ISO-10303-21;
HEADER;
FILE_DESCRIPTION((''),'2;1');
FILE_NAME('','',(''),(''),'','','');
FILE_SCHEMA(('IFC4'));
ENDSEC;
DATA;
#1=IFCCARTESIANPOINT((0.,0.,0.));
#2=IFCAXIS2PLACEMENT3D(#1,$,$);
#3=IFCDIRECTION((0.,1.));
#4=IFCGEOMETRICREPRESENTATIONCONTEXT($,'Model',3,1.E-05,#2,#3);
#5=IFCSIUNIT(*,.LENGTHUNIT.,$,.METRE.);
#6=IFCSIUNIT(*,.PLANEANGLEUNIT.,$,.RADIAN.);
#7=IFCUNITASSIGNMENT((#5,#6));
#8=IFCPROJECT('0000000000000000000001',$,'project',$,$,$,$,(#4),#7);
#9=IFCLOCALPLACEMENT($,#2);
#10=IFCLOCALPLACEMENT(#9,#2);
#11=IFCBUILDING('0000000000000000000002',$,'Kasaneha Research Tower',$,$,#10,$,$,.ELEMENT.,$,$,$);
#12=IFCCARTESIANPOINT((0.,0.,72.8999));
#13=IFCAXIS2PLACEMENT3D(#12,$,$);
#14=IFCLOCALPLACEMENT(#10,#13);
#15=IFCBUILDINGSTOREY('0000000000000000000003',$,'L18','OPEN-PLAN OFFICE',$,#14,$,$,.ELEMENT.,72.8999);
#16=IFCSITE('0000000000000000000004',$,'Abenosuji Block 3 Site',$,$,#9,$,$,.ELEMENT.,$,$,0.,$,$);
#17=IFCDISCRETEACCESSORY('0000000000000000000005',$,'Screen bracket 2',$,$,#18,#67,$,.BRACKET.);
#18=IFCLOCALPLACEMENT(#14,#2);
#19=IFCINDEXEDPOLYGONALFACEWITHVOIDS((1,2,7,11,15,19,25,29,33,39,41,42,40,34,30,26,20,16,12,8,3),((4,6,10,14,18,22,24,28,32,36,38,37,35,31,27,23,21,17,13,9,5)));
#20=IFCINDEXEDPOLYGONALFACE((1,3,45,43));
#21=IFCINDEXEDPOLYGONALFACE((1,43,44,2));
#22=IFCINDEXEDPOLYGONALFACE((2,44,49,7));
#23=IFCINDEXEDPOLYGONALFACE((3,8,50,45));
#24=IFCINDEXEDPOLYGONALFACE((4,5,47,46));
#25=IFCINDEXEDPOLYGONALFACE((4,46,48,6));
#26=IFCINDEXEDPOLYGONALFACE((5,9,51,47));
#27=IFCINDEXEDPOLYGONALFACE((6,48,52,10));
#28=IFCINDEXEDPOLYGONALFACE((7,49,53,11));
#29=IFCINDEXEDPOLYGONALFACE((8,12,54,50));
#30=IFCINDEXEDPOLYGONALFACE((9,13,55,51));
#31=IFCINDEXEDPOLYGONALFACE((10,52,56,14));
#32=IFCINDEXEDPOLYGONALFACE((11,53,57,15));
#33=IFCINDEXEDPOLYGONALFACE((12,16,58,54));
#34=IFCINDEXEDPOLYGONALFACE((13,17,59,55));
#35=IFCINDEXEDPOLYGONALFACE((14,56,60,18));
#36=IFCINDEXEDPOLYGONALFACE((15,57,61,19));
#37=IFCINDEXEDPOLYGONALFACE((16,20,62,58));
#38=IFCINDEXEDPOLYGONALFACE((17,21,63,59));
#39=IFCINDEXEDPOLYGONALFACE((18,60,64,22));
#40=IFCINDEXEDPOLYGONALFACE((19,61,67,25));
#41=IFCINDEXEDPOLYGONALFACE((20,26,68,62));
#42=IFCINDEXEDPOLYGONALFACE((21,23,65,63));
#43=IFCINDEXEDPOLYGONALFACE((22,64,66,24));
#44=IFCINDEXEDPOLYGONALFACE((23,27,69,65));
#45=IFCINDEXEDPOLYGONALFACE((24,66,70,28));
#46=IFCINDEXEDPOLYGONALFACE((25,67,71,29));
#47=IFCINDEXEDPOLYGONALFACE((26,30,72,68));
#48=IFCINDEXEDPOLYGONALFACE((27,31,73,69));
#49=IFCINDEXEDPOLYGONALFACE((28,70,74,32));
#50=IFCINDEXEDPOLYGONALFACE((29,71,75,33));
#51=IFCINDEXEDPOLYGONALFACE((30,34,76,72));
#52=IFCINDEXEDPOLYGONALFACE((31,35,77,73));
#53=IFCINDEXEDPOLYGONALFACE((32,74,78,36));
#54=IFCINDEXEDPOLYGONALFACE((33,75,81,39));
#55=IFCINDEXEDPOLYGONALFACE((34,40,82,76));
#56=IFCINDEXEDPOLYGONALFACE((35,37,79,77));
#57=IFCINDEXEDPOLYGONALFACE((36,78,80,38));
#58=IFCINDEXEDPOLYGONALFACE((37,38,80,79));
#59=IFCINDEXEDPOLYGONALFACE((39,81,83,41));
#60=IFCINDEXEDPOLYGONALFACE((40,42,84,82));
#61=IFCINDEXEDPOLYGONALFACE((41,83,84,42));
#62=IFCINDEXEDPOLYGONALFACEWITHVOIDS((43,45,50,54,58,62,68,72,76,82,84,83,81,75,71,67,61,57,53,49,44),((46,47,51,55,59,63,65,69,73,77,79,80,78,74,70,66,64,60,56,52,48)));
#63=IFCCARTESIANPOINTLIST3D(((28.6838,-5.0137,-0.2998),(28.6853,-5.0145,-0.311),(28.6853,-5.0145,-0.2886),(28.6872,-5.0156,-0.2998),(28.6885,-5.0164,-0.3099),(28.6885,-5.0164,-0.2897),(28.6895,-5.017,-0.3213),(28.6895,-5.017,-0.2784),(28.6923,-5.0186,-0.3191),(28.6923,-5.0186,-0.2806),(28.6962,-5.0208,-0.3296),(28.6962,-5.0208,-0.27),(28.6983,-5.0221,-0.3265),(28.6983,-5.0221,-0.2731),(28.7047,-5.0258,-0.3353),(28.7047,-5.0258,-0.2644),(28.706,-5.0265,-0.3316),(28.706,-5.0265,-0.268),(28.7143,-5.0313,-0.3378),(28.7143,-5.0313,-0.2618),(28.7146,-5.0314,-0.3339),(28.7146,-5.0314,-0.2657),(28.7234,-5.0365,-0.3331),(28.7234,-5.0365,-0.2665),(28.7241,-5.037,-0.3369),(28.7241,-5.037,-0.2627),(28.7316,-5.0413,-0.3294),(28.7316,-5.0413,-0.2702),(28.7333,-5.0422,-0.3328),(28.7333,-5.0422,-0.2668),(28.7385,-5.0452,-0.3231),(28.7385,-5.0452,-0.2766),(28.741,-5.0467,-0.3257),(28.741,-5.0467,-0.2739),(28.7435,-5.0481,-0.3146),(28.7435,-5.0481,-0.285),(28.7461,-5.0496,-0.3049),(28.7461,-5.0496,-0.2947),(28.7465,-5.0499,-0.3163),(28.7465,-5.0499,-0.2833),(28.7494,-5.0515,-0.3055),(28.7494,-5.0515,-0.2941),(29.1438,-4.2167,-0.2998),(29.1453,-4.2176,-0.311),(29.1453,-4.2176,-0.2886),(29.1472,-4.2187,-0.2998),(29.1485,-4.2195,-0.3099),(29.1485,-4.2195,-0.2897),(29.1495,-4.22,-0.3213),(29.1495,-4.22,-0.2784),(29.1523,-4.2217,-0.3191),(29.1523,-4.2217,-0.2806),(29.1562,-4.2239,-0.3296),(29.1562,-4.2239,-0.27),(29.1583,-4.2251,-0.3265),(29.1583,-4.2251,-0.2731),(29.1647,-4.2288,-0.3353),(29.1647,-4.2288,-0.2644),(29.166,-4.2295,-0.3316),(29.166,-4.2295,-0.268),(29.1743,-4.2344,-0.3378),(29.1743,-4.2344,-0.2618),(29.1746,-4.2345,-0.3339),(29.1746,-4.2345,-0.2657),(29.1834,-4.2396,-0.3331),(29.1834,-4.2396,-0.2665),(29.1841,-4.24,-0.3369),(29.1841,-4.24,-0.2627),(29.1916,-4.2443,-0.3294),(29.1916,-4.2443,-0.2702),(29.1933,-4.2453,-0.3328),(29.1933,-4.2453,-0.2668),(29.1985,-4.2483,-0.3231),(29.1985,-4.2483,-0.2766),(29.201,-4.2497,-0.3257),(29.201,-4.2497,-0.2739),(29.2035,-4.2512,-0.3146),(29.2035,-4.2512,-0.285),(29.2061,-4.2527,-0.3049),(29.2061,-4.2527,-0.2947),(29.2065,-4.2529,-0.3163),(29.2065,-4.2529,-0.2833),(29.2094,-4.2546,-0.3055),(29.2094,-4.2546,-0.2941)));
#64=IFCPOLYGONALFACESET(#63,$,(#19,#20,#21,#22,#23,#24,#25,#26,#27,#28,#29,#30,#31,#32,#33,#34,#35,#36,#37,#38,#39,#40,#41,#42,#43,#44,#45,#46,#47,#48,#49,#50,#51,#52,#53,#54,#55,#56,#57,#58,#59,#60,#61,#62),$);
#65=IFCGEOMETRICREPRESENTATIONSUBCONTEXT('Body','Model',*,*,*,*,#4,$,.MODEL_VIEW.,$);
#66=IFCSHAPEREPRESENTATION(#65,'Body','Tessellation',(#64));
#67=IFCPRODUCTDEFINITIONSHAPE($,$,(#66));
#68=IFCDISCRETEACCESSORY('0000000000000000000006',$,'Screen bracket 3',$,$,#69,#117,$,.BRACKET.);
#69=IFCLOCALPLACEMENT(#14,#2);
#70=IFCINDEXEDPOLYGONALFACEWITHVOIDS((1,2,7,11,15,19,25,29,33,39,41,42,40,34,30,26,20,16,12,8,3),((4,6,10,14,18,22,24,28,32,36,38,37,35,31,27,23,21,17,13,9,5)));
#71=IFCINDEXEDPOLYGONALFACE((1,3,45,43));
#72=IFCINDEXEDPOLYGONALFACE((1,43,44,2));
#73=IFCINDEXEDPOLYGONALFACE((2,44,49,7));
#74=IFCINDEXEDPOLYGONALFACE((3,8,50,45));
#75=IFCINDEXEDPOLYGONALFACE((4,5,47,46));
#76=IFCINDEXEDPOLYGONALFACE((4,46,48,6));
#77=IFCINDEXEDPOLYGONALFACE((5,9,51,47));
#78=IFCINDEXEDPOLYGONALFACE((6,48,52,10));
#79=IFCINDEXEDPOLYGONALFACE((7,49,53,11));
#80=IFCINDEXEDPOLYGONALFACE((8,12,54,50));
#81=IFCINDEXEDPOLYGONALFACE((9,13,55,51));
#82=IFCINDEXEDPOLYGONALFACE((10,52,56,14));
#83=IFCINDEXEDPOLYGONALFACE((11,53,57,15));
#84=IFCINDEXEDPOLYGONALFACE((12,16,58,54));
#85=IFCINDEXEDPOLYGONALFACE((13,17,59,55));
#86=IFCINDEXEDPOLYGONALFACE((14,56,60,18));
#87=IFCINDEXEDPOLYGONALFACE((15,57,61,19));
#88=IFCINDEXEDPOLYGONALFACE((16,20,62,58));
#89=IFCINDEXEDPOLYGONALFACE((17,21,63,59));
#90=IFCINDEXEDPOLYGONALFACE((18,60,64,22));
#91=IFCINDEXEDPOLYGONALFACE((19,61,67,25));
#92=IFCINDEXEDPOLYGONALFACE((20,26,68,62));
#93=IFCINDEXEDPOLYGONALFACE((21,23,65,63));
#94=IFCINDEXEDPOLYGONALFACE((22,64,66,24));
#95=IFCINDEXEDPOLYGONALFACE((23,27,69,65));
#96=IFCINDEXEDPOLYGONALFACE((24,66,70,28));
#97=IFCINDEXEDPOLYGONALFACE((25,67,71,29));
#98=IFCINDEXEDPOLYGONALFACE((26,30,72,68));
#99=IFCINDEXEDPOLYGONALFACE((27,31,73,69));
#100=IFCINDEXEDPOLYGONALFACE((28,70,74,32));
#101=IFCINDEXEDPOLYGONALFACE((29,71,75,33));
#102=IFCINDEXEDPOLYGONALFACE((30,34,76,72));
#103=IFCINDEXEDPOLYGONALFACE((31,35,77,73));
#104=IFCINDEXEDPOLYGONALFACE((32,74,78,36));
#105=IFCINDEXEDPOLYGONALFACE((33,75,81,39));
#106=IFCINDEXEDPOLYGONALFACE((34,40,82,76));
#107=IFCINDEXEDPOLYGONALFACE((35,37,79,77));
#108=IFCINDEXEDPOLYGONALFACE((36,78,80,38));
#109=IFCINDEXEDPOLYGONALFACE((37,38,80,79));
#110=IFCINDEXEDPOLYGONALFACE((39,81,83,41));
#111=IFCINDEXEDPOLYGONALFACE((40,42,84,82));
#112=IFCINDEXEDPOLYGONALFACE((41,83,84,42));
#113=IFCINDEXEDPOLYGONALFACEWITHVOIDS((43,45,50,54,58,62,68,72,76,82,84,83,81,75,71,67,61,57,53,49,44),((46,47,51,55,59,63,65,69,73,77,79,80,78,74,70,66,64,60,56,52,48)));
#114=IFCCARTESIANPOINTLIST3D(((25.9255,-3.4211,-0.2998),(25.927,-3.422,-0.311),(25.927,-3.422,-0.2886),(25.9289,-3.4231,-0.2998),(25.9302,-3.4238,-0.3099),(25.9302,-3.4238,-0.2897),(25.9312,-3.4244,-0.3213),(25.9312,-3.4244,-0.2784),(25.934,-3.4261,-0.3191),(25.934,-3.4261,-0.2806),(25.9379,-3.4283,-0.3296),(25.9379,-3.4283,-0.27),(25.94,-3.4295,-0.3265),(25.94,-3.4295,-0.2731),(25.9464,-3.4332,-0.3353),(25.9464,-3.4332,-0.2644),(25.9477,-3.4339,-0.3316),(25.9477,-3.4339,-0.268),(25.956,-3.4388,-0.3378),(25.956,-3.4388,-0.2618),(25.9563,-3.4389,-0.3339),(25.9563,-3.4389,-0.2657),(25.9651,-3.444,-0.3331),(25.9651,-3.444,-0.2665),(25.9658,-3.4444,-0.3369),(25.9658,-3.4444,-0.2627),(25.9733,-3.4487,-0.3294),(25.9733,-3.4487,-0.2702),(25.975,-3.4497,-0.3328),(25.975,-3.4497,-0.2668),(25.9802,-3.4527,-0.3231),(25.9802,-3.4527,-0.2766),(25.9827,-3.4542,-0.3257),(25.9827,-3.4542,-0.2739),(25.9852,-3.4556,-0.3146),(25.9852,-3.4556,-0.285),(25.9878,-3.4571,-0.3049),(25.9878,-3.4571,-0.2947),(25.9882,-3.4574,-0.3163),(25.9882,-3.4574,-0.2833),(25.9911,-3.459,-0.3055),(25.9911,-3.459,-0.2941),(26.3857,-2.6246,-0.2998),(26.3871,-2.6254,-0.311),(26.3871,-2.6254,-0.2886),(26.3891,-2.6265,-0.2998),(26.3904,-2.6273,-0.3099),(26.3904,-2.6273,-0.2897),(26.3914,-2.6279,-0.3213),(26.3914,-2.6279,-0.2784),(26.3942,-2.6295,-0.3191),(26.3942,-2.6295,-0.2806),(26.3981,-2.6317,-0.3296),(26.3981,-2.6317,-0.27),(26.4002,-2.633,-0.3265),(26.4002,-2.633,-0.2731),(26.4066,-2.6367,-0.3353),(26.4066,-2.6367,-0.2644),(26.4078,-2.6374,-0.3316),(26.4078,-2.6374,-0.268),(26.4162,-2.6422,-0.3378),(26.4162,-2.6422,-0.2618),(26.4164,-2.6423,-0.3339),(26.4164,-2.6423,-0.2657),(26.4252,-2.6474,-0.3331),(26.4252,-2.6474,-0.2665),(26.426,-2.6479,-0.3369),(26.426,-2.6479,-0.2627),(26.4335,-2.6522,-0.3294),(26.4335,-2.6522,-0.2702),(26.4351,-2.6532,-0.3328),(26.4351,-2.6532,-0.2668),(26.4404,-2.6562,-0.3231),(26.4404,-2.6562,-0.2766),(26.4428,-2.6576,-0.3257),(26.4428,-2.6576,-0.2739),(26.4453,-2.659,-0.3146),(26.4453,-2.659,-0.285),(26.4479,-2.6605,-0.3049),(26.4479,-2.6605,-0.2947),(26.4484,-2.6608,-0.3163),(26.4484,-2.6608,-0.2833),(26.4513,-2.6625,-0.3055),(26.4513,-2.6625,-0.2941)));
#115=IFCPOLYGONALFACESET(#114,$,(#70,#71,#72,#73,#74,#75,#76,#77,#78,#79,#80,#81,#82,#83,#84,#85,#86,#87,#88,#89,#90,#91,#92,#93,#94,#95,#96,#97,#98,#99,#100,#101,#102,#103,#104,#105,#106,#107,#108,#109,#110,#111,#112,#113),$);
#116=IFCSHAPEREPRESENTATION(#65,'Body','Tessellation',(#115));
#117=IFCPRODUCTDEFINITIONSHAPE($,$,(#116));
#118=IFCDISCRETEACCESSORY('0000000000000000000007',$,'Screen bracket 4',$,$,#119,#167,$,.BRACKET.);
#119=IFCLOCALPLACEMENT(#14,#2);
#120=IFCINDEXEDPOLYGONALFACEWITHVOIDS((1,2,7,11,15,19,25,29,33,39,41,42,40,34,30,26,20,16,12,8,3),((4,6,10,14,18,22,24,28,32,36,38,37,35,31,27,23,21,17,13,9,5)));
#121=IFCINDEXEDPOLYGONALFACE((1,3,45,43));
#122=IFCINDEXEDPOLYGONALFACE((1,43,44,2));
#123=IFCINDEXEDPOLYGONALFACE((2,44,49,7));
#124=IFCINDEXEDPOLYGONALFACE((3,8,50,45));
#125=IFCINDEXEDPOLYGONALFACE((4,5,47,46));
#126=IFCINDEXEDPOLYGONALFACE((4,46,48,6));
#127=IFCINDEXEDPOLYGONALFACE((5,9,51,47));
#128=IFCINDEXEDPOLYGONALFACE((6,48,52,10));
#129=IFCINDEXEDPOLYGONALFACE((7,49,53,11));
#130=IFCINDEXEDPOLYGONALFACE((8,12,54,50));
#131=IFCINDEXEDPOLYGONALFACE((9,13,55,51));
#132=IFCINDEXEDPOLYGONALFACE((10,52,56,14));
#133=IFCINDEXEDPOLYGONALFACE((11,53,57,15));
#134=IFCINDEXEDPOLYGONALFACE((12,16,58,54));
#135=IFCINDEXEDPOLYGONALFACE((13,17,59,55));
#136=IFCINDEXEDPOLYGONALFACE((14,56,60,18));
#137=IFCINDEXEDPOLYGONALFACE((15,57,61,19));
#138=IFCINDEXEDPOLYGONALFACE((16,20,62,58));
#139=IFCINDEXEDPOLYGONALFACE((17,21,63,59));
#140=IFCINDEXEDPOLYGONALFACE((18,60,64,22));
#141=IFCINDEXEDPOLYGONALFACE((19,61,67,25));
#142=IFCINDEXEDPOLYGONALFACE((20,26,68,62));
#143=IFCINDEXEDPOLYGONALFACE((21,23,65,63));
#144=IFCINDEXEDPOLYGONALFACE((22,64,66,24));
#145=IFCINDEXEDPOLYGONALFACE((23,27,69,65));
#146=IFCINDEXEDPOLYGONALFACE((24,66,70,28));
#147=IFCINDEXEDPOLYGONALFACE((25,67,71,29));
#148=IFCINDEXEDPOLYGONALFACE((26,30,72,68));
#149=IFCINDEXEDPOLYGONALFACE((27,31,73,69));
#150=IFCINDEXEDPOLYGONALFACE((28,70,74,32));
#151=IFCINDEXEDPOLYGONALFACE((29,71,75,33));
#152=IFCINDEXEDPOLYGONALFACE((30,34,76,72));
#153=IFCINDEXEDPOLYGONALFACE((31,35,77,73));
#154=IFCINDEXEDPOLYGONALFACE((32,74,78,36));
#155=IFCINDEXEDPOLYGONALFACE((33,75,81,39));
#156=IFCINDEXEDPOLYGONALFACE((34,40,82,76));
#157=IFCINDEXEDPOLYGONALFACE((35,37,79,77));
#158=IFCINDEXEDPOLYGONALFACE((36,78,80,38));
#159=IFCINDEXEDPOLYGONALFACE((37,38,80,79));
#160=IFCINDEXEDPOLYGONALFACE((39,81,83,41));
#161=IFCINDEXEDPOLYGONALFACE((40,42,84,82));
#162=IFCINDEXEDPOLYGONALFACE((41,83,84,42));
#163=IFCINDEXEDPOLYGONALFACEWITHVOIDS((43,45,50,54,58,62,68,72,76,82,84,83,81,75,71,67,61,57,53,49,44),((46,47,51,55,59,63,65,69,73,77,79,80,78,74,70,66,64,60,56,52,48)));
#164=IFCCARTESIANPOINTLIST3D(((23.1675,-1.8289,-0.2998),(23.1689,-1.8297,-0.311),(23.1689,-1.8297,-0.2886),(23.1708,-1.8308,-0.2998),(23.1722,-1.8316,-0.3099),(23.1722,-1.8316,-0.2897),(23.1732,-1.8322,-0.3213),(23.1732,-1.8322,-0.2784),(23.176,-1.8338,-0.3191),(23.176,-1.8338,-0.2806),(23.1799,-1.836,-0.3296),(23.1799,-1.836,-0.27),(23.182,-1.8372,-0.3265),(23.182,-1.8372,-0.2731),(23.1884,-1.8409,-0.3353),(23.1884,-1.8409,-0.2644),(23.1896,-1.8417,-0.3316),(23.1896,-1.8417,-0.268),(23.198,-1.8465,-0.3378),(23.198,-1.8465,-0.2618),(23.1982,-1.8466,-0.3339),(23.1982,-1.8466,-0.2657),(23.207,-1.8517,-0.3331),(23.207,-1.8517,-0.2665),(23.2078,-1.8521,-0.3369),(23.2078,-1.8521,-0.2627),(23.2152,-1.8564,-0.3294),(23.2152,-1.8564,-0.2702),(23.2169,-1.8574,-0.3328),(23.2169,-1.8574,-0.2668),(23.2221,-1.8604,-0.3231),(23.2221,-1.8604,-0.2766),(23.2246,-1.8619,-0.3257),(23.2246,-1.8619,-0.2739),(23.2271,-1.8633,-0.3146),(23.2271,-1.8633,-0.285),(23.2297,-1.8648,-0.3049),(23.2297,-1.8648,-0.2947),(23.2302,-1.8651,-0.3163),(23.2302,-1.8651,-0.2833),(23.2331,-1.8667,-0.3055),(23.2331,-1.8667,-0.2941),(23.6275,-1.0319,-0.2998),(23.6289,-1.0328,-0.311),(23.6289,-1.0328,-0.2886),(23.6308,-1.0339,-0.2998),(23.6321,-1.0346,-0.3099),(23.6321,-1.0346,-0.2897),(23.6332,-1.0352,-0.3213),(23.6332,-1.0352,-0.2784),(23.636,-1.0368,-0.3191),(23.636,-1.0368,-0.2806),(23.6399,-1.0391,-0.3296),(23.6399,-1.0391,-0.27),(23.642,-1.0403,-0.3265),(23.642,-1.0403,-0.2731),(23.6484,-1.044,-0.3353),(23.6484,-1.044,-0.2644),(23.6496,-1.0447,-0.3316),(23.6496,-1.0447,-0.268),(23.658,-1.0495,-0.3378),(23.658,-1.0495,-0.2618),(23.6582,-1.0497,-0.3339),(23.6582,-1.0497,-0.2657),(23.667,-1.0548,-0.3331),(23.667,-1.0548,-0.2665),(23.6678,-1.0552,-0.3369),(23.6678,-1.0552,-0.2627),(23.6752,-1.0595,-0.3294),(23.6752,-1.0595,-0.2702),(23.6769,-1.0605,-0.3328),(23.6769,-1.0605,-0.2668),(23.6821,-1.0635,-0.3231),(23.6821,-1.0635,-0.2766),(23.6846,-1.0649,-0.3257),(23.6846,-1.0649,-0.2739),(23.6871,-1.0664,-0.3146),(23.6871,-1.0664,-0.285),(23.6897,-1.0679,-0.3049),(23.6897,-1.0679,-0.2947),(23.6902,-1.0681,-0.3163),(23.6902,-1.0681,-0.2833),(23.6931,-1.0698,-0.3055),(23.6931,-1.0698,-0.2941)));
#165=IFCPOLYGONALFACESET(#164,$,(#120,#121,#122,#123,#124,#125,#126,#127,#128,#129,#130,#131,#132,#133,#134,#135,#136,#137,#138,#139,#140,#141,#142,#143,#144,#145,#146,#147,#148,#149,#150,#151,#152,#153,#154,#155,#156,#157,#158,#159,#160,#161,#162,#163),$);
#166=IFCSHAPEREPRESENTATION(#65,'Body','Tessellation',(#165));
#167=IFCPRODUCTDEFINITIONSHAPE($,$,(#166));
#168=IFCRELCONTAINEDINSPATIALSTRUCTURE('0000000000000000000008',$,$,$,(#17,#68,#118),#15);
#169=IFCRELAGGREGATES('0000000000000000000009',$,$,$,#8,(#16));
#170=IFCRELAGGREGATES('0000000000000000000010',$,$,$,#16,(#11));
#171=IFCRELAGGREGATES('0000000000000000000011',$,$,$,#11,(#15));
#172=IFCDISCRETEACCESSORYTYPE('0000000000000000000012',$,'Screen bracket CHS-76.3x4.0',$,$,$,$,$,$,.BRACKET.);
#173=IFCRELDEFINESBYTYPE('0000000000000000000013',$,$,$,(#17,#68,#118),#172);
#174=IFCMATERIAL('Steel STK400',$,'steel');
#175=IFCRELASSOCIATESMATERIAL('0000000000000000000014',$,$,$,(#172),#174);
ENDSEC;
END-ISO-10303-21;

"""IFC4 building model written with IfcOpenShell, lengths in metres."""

from ifc_helpers import new_model, si_unit, direction, frame, origin, origin_2d, place, context, subcontext, project, spatial, hollow_circle, extrude, material, material_profile, profile_set, type_object, element, save


model = new_model("IFC4")

# Units and contexts
model_context = context("Model", 3, precision=1e-05, world=origin(), true_north=direction((0.0, 1.0)))
body_context = subcontext(model_context, "Body", "Model", "MODEL_VIEW")
ifc_project = project(units=[si_unit("LENGTHUNIT", "METRE"), si_unit("PLANEANGLEUNIT", "RADIAN")], contexts=[model_context])

# Site, building, storey
site_placement = place(None, origin())
site = spatial("IfcSite", under=ifc_project, at=site_placement, Name="Abenosuji Block 3 Site", CompositionType="ELEMENT", RefElevation=0.0)
building_placement = place(site_placement, origin())
building = spatial("IfcBuilding", under=site, at=building_placement, Name="Kasaneha Research Tower", CompositionType="ELEMENT")
storey_placement = place(building_placement, frame((0.0, 0.0, 72.8999)))
storey = spatial("IfcBuildingStorey", under=building, at=storey_placement, Name="L18", Description="OPEN-PLAN OFFICE", CompositionType="ELEMENT", Elevation=72.8999)

# Discrete accessories
ifc_material_1 = material(Name="Steel STK400", Category="steel")
ifc_material_profile_1 = material_profile(ifc_material_1, hollow_circle(Radius=0.0381, WallThickness=0.0039, at=origin_2d()), Name="CHS-76.3x4.0")
ifc_profile_set_1 = profile_set([ifc_material_profile_1], Name="Steel STK400")
discrete_accessory_type = type_object("IfcDiscreteAccessoryType", Name="Screen bracket CHS-76.3x4.0", PredefinedType="BRACKET", material=ifc_profile_set_1)
discrete_accessory_1_placement = place(storey_placement, frame((28.7168, -5.0327, -0.2998), z_axis=(0.499906, 0.86608, 0.0), x_axis=(-0.86608, 0.499906, 0.0)))
element("IfcDiscreteAccessory", 1, at=discrete_accessory_1_placement, inside=storey, type_object=discrete_accessory_type, Name="Screen bracket 2", PredefinedType="BRACKET", context=body_context, shape_type="SweptSolid", body=[
    extrude(hollow_circle(Radius=0.0381, WallThickness=0.0039, at=origin_2d()), origin(), (0.0, 0.0, 1.0), 0.9202),
])
discrete_accessory_2_placement = place(storey_placement, frame((25.9585, -3.4402, -0.2998), z_axis=(0.50022, 0.865898, 0.0), x_axis=(-0.865898, 0.50022, 0.0)))
element("IfcDiscreteAccessory", 2, at=discrete_accessory_2_placement, inside=storey, type_object=discrete_accessory_type, Name="Screen bracket 3", PredefinedType="BRACKET", context=body_context, shape_type="SweptSolid", body=[
    extrude(hollow_circle(Radius=0.0381, WallThickness=0.0039, at=origin_2d()), origin(), (0.0, 0.0, 1.0), 0.9199),
])
discrete_accessory_3_placement = place(storey_placement, frame((23.2004, -1.8479, -0.2998), z_axis=(0.499906, 0.86608, 0.0), x_axis=(-0.86608, 0.499906, 0.0)))
element("IfcDiscreteAccessory", 3, at=discrete_accessory_3_placement, inside=storey, type_object=discrete_accessory_type, Name="Screen bracket 4", PredefinedType="BRACKET", context=body_context, shape_type="SweptSolid", body=[
    extrude(hollow_circle(Radius=0.0381, WallThickness=0.0039, at=origin_2d()), origin(), (0.0, 0.0, 1.0), 0.9202),
])

save(model, "model.ifc")
